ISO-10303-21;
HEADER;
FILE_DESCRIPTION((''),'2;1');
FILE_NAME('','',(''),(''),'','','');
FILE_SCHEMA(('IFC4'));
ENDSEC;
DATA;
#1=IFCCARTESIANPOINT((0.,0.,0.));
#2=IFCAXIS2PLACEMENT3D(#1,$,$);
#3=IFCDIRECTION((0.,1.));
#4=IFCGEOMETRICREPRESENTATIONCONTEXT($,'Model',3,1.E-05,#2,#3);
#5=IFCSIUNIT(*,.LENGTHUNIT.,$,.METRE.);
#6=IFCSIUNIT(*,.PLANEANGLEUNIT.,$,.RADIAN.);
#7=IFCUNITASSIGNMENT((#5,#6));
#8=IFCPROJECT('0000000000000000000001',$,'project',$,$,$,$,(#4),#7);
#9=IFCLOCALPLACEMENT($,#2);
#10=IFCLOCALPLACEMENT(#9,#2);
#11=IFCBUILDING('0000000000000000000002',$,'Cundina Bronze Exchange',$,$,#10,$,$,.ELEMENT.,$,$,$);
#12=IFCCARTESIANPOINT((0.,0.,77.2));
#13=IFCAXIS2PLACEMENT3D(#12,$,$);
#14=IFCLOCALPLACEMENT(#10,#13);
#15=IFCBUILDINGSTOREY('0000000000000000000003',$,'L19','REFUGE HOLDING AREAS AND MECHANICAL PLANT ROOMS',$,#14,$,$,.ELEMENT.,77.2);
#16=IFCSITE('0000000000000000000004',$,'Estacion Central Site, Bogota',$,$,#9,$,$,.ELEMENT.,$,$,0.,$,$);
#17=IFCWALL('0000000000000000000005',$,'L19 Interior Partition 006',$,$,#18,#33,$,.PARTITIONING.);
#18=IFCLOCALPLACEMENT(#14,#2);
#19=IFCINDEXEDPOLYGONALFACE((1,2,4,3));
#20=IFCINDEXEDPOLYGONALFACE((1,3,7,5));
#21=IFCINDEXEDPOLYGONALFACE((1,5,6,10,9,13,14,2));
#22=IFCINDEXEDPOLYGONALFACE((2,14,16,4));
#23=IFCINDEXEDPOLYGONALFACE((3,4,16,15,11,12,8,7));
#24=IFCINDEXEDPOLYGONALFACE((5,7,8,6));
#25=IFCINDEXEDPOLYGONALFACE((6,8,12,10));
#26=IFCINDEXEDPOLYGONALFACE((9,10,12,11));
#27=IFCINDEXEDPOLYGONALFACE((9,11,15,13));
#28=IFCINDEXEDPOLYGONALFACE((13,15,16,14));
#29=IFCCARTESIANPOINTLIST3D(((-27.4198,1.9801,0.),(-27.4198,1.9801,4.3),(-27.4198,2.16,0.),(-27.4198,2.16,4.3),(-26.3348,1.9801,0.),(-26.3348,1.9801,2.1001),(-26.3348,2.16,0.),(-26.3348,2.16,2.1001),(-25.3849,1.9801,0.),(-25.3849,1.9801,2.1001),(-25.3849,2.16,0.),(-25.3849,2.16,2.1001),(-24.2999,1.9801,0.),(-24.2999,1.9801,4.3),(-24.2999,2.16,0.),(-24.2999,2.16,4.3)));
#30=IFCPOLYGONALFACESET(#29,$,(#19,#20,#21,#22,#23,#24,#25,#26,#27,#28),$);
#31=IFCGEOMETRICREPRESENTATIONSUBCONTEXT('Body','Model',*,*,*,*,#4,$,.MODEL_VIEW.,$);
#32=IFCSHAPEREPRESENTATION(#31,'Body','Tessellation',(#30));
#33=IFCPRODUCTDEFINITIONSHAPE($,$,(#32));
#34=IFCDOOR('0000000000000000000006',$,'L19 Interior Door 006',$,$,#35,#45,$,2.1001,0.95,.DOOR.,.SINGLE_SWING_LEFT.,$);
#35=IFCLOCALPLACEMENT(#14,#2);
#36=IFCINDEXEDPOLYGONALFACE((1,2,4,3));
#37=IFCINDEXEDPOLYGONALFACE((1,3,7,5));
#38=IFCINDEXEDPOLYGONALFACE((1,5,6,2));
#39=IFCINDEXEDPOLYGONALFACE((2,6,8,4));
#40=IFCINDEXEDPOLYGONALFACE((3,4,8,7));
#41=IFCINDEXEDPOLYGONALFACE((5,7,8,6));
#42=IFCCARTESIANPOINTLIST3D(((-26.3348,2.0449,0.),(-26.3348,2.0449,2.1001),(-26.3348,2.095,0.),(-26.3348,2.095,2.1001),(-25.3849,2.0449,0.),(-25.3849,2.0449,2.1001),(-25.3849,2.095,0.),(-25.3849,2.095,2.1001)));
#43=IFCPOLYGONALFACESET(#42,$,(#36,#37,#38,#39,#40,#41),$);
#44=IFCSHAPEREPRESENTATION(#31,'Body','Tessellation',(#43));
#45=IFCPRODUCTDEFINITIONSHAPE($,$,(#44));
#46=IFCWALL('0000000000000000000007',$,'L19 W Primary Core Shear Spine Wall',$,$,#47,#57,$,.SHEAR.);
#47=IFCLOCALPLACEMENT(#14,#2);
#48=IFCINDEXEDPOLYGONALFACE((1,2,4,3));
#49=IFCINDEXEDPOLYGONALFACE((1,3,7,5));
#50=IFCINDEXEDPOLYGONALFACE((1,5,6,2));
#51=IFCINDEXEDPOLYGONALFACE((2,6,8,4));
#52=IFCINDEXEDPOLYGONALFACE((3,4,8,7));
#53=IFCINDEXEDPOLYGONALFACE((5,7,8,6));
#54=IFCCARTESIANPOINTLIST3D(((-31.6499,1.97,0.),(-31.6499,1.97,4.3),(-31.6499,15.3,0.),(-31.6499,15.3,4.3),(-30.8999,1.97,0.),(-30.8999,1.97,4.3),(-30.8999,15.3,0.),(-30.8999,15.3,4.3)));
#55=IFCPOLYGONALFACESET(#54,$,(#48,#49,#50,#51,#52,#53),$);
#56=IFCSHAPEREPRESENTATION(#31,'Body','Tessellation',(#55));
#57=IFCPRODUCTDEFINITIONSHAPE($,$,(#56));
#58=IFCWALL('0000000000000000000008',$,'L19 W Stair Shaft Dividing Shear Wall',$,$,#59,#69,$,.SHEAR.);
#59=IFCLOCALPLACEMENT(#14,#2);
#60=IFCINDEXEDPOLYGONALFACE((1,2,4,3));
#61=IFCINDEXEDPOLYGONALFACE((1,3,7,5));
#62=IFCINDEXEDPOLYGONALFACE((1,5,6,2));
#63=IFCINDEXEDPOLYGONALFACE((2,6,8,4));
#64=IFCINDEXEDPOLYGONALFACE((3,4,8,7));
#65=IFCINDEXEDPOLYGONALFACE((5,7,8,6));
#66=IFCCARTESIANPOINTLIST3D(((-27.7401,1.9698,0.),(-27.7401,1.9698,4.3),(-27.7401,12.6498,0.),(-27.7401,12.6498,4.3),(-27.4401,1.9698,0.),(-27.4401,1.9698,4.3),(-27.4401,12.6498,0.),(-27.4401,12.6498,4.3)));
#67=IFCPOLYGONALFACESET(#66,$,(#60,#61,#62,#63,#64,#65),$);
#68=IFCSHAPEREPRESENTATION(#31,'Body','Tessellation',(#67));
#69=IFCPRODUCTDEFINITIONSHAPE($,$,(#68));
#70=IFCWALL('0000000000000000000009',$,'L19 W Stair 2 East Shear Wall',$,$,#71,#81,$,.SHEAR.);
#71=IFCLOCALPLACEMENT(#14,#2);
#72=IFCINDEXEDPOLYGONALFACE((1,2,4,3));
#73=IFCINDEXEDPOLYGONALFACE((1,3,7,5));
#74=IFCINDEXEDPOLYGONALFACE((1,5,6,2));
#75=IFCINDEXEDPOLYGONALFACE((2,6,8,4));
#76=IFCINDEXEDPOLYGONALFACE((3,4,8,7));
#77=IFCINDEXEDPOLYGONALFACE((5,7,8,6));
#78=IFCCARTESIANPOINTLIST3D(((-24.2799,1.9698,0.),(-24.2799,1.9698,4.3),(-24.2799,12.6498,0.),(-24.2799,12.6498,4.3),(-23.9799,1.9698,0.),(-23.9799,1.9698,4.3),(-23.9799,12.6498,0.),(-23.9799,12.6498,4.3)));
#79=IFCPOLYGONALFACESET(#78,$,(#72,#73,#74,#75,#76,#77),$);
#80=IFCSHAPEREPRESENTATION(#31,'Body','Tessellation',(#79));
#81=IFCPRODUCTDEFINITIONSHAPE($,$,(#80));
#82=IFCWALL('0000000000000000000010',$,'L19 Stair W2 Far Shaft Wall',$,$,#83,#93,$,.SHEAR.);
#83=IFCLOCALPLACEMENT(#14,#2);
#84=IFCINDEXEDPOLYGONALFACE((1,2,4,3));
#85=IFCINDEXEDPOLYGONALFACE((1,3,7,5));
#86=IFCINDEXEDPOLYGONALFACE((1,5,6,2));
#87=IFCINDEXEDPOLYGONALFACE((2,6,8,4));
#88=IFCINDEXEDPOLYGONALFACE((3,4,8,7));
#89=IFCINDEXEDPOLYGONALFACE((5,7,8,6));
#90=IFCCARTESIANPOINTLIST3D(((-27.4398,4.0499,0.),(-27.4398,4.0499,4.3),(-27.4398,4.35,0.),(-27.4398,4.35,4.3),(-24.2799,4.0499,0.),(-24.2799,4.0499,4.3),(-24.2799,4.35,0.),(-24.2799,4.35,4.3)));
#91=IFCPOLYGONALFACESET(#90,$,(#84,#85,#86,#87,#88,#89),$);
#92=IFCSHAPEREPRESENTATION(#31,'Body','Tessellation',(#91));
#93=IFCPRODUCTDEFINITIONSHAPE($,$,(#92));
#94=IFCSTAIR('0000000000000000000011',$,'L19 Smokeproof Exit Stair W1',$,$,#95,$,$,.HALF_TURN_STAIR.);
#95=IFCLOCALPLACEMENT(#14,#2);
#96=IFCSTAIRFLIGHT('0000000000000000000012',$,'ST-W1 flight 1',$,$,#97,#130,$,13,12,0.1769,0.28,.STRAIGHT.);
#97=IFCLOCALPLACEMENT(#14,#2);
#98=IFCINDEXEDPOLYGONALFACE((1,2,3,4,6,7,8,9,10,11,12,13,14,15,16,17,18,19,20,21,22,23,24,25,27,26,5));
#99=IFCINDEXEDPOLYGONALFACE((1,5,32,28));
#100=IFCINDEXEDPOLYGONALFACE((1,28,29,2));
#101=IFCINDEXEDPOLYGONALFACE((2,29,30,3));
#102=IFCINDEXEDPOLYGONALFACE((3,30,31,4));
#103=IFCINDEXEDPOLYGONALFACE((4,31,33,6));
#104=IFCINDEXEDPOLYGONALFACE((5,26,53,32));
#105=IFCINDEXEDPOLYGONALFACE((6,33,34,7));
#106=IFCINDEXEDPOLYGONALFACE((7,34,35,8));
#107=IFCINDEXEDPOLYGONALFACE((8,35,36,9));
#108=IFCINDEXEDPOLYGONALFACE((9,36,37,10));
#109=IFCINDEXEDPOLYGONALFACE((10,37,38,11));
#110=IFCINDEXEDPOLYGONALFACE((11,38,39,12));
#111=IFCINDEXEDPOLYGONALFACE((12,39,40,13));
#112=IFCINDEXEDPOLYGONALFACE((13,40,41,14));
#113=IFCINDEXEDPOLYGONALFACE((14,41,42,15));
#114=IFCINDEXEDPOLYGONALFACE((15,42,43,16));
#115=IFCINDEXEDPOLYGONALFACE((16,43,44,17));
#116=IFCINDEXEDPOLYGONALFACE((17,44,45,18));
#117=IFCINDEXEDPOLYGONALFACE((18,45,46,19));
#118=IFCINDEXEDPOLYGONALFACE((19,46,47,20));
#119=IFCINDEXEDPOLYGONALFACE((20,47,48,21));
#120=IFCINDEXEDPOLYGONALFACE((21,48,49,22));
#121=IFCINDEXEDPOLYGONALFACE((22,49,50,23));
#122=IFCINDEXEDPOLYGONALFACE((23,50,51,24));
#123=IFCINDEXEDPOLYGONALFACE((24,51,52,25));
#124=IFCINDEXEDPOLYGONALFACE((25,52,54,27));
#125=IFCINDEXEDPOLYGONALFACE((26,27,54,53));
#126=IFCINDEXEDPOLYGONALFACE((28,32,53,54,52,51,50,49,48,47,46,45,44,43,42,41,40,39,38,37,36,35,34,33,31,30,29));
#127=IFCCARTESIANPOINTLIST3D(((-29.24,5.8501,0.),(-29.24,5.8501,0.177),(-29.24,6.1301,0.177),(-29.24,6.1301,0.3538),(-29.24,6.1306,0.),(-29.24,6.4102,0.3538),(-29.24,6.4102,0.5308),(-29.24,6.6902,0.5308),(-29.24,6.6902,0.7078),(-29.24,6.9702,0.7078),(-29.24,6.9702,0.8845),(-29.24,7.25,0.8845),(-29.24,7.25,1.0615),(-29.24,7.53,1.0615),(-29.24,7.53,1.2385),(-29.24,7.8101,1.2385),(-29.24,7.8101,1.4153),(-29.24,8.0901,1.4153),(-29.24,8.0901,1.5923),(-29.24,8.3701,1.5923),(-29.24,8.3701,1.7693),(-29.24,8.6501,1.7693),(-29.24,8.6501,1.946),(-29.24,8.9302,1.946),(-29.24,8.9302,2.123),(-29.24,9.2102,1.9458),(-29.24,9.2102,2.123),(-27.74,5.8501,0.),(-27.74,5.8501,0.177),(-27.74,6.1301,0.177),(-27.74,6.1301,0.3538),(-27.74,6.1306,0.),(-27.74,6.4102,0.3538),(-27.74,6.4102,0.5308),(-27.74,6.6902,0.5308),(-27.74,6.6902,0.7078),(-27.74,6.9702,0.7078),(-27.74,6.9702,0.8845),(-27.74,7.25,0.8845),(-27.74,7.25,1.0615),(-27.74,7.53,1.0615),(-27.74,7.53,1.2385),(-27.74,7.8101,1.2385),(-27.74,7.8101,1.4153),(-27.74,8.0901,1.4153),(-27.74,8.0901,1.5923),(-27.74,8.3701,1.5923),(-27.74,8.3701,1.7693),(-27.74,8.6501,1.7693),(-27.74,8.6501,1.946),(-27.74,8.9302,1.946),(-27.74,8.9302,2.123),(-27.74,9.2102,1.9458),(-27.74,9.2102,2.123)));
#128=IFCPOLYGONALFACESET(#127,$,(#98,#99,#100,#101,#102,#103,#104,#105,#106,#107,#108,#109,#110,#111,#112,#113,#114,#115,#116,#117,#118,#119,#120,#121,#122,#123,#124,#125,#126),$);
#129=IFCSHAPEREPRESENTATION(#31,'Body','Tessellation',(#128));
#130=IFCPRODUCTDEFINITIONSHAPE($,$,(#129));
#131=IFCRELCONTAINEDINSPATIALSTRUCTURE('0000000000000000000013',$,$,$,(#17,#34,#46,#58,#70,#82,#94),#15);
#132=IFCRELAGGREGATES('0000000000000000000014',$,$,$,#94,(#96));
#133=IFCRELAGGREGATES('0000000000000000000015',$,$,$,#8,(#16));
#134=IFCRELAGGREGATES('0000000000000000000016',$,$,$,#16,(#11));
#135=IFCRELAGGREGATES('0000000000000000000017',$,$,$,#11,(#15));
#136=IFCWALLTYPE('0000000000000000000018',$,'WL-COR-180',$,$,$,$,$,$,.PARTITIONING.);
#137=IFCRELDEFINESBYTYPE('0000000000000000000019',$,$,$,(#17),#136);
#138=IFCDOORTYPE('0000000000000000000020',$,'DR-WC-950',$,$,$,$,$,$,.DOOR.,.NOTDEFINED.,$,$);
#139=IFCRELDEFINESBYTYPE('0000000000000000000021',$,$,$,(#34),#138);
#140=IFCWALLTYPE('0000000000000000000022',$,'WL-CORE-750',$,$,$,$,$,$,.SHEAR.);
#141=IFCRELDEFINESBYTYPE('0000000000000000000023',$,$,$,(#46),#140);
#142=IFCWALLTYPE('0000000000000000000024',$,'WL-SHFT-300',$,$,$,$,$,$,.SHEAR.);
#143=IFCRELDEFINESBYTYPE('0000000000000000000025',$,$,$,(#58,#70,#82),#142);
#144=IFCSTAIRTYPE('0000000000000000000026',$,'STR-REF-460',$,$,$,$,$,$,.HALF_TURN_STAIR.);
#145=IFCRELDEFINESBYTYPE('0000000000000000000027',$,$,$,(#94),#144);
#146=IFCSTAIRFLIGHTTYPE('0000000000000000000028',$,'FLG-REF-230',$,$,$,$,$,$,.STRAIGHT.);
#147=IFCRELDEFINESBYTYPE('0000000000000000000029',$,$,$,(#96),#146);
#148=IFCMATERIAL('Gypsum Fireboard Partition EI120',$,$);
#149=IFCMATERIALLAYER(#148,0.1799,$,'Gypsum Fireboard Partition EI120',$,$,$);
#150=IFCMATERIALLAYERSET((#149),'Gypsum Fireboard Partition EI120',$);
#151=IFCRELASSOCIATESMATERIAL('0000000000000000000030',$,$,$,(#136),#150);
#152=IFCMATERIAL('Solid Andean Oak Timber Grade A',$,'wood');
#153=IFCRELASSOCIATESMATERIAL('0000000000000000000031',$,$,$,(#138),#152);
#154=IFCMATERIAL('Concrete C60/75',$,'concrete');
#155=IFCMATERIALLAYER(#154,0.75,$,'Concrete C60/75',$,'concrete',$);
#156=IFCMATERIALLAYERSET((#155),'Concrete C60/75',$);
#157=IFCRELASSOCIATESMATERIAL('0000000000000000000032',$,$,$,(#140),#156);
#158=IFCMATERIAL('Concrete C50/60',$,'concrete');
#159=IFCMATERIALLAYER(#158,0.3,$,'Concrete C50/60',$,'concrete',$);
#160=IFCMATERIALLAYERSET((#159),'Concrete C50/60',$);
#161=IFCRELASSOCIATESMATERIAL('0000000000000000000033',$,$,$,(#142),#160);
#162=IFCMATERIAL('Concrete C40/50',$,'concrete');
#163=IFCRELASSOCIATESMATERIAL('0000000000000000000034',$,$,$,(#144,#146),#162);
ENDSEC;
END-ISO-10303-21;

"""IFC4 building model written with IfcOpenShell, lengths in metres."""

from ifc_helpers import new_model, si_unit, direction, frame, frame_2d, origin, place, context, subcontext, project, spatial, polyline, rectangle, outline, extrude, material, layer, layer_set, type_object, element, fill, aggregate, save


model = new_model("IFC4")

# Units and contexts
model_context = context("Model", 3, precision=1e-05, world=origin(), true_north=direction((0.0, 1.0)))
body_context = subcontext(model_context, "Body", "Model", "MODEL_VIEW")
ifc_project = project(units=[si_unit("LENGTHUNIT", "METRE"), si_unit("PLANEANGLEUNIT", "RADIAN")], contexts=[model_context])

# Site, building, storey
site_placement = place(None, origin())
site = spatial("IfcSite", under=ifc_project, at=site_placement, Name="Estacion Central Site, Bogota", CompositionType="ELEMENT", RefElevation=0.0)
building_placement = place(site_placement, origin())
building = spatial("IfcBuilding", under=site, at=building_placement, Name="Cundina Bronze Exchange", CompositionType="ELEMENT")
storey_placement = place(building_placement, frame((0.0, 0.0, 77.2)))
storey = spatial("IfcBuildingStorey", under=building, at=storey_placement, Name="L19", Description="REFUGE HOLDING AREAS AND MECHANICAL PLANT ROOMS", CompositionType="ELEMENT", Elevation=77.2)

# Shared definitions
ifc_material_1 = material(Name="Concrete C60/75", Category="concrete")

# Wall, opening, door
ifc_material_2 = material(Name="Gypsum Fireboard Partition EI120")
ifc_layer_1 = layer(ifc_material_2, 0.1799, Name="Gypsum Fireboard Partition EI120")
ifc_layer_set_1 = layer_set([ifc_layer_1], Name="Gypsum Fireboard Partition EI120")
wall_type_1 = type_object("IfcWallType", Name="WL-COR-180", PredefinedType="PARTITIONING", material=ifc_layer_set_1)
wall_1_placement = place(storey_placement, frame((-27.4199, 2.0701, 0.0), z_axis=(0.0, 0.0, 1.0), x_axis=(1.0, 0.0, 0.0)))
wall_1 = element("IfcWall", 1, at=wall_1_placement, inside=storey, type_object=wall_type_1, Name="L19 Interior Partition 006", PredefinedType="PARTITIONING", context=body_context, shape_type="SweptSolid", body=[
    extrude(rectangle(XDim=3.1199, YDim=0.1799, at=frame_2d((1.5601, 0.0))), origin(), (0.0, 0.0, 1.0), 4.3),
])
opening_1_placement = place(wall_1_placement, frame((1.085, 0.0, 0.0)))
opening_1 = element("IfcOpeningElement", 2, at=opening_1_placement, cuts=wall_1, PredefinedType="OPENING", context=body_context, shape_type="SweptSolid", body=[
    extrude(rectangle(XDim=0.95, YDim=2.1001, at=frame_2d((0.4751, 1.05))), frame((0.0, 0.0999, 0.0), z_axis=(0.0, -1.0, 0.0), x_axis=(1.0, 0.0, 0.0)), (0.0, 0.0, 1.0), 0.2),
])
ifc_material_3 = material(Name="Solid Andean Oak Timber Grade A", Category="wood")
door_type_1 = type_object("IfcDoorType", Name="DR-WC-950", OperationType="NOTDEFINED", PredefinedType="DOOR", material=ifc_material_3)
door_1_placement = place(opening_1_placement, origin())
door_1 = element("IfcDoor", 3, at=door_1_placement, inside=storey, type_object=door_type_1, Name="L19 Interior Door 006", OperationType="SINGLE_SWING_LEFT", OverallHeight=2.1001, OverallWidth=0.95, PredefinedType="DOOR", context=body_context, shape_type="SweptSolid", body=[
    extrude(rectangle(XDim=0.95, YDim=2.1001, at=frame_2d((0.4751, 1.05))), frame((0.0, 0.0249, 0.0), z_axis=(0.0, -1.0, 0.0), x_axis=(1.0, 0.0, 0.0)), (0.0, 0.0, 1.0), 0.05),
])
fill(opening_1, door_1)

# Walls
ifc_layer_2 = layer(ifc_material_1, 0.75, Name="Concrete C60/75", Category="concrete")
ifc_layer_set_2 = layer_set([ifc_layer_2], Name="Concrete C60/75")
wall_type_2 = type_object("IfcWallType", Name="WL-CORE-750", PredefinedType="SHEAR", material=ifc_layer_set_2)
wall_2_placement = place(storey_placement, frame((-31.2749, 1.97, 0.0), z_axis=(0.0, 0.0, 1.0), x_axis=(0.0, 1.0, 0.0)))
element("IfcWall", 4, at=wall_2_placement, inside=storey, type_object=wall_type_2, Name="L19 W Primary Core Shear Spine Wall", PredefinedType="SHEAR", context=body_context, shape_type="SweptSolid", body=[
    extrude(rectangle(XDim=13.3301, YDim=0.75, at=frame_2d((6.665, 0.0))), origin(), (0.0, 0.0, 1.0), 4.3),
])
ifc_material_4 = material(Name="Concrete C50/60", Category="concrete")
ifc_layer_3 = layer(ifc_material_4, 0.3, Name="Concrete C50/60", Category="concrete")
ifc_layer_set_3 = layer_set([ifc_layer_3], Name="Concrete C50/60")
wall_type_3 = type_object("IfcWallType", Name="WL-SHFT-300", PredefinedType="SHEAR", material=ifc_layer_set_3)
for number, where, z_axis, x_axis, name in (
    (5, (-27.5901, 1.97, 0.0), (0.0, 0.0, 1.0), (0.0, 1.0, 0.0), "L19 W Stair Shaft Dividing Shear Wall"),
    (6, (-24.1299, 1.97, 0.0), (0.0, 0.0, 1.0), (0.0, 1.0, 0.0), "L19 W Stair 2 East Shear Wall"),
):
    element("IfcWall", number, at=place(storey_placement, frame(where, z_axis=z_axis, x_axis=x_axis)), inside=storey, type_object=wall_type_3, Name=name, PredefinedType="SHEAR", context=body_context, shape_type="SweptSolid", body=[
        extrude(rectangle(XDim=10.6799, YDim=0.3, at=frame_2d((5.3398, 0.0))), origin(), (0.0, 0.0, 1.0), 4.3),
    ])

# Wall
wall_3_placement = place(storey_placement, frame((-27.4399, 4.2, 0.0), z_axis=(0.0, 0.0, 1.0), x_axis=(1.0, 0.0, 0.0)))
element("IfcWall", 7, at=wall_3_placement, inside=storey, type_object=wall_type_3, Name="L19 Stair W2 Far Shaft Wall", PredefinedType="SHEAR", context=body_context, shape_type="SweptSolid", body=[
    extrude(rectangle(XDim=3.1599, YDim=0.3, at=frame_2d((1.5801, 0.0))), origin(), (0.0, 0.0, 1.0), 4.3),
])

# Stair, stair flight
ifc_material_5 = material(Name="Concrete C40/50", Category="concrete")
stair_type = type_object("IfcStairType", Name="STR-REF-460", PredefinedType="HALF_TURN_STAIR", material=ifc_material_5)
stair_placement = place(storey_placement, origin())
stair = element("IfcStair", 8, at=stair_placement, inside=storey, type_object=stair_type, Name="L19 Smokeproof Exit Stair W1", PredefinedType="HALF_TURN_STAIR")
stair_flight_type = type_object("IfcStairFlightType", Name="FLG-REF-230", PredefinedType="STRAIGHT", material=ifc_material_5)
stair_flight_placement = place(storey_placement, frame((-28.49, 5.8501, 0.0), z_axis=(0.0, 0.0, 1.0), x_axis=(0.0, 1.0, 0.0)))
stair_flight = element("IfcStairFlight", 9, at=stair_flight_placement, type_object=stair_flight_type, Name="ST-W1 flight 1", NumberOfRisers=13, NumberOfTreads=12, PredefinedType="STRAIGHT", RiserHeight=0.1769, TreadLength=0.28, context=body_context, shape_type="SweptSolid", body=[
    extrude(outline(polyline([(0.0, 0.0), (0.0, 0.177), (0.28, 0.177), (0.28, 0.3538), (0.5601, 0.3538), (0.5601, 0.5308), (0.8401, 0.5308), (0.8401, 0.7078), (1.1201, 0.7078), (1.1201, 0.8845), (1.3999, 0.8845), (1.3999, 1.0615), (1.6799, 1.0615), (1.6799, 1.2385), (1.96, 1.2385), (1.96, 1.4153), (2.24, 1.4153), (2.24, 1.5923), (2.52, 1.5923), (2.52, 1.7693), (2.8, 1.7693), (2.8, 1.946), (3.0801, 1.946), (3.0801, 2.123), (3.3601, 2.123), (3.3601, 2.3), (3.3601, 1.9458), (0.2805, 0.0), (0.0, 0.0)])), frame((0.0, 0.75, 0.0), z_axis=(0.0, -1.0, 0.0), x_axis=(1.0, 0.0, 0.0)), (0.0, 0.0, 1.0), 1.5),
])
aggregate(stair, [stair_flight])

save(model, "model.ifc")
